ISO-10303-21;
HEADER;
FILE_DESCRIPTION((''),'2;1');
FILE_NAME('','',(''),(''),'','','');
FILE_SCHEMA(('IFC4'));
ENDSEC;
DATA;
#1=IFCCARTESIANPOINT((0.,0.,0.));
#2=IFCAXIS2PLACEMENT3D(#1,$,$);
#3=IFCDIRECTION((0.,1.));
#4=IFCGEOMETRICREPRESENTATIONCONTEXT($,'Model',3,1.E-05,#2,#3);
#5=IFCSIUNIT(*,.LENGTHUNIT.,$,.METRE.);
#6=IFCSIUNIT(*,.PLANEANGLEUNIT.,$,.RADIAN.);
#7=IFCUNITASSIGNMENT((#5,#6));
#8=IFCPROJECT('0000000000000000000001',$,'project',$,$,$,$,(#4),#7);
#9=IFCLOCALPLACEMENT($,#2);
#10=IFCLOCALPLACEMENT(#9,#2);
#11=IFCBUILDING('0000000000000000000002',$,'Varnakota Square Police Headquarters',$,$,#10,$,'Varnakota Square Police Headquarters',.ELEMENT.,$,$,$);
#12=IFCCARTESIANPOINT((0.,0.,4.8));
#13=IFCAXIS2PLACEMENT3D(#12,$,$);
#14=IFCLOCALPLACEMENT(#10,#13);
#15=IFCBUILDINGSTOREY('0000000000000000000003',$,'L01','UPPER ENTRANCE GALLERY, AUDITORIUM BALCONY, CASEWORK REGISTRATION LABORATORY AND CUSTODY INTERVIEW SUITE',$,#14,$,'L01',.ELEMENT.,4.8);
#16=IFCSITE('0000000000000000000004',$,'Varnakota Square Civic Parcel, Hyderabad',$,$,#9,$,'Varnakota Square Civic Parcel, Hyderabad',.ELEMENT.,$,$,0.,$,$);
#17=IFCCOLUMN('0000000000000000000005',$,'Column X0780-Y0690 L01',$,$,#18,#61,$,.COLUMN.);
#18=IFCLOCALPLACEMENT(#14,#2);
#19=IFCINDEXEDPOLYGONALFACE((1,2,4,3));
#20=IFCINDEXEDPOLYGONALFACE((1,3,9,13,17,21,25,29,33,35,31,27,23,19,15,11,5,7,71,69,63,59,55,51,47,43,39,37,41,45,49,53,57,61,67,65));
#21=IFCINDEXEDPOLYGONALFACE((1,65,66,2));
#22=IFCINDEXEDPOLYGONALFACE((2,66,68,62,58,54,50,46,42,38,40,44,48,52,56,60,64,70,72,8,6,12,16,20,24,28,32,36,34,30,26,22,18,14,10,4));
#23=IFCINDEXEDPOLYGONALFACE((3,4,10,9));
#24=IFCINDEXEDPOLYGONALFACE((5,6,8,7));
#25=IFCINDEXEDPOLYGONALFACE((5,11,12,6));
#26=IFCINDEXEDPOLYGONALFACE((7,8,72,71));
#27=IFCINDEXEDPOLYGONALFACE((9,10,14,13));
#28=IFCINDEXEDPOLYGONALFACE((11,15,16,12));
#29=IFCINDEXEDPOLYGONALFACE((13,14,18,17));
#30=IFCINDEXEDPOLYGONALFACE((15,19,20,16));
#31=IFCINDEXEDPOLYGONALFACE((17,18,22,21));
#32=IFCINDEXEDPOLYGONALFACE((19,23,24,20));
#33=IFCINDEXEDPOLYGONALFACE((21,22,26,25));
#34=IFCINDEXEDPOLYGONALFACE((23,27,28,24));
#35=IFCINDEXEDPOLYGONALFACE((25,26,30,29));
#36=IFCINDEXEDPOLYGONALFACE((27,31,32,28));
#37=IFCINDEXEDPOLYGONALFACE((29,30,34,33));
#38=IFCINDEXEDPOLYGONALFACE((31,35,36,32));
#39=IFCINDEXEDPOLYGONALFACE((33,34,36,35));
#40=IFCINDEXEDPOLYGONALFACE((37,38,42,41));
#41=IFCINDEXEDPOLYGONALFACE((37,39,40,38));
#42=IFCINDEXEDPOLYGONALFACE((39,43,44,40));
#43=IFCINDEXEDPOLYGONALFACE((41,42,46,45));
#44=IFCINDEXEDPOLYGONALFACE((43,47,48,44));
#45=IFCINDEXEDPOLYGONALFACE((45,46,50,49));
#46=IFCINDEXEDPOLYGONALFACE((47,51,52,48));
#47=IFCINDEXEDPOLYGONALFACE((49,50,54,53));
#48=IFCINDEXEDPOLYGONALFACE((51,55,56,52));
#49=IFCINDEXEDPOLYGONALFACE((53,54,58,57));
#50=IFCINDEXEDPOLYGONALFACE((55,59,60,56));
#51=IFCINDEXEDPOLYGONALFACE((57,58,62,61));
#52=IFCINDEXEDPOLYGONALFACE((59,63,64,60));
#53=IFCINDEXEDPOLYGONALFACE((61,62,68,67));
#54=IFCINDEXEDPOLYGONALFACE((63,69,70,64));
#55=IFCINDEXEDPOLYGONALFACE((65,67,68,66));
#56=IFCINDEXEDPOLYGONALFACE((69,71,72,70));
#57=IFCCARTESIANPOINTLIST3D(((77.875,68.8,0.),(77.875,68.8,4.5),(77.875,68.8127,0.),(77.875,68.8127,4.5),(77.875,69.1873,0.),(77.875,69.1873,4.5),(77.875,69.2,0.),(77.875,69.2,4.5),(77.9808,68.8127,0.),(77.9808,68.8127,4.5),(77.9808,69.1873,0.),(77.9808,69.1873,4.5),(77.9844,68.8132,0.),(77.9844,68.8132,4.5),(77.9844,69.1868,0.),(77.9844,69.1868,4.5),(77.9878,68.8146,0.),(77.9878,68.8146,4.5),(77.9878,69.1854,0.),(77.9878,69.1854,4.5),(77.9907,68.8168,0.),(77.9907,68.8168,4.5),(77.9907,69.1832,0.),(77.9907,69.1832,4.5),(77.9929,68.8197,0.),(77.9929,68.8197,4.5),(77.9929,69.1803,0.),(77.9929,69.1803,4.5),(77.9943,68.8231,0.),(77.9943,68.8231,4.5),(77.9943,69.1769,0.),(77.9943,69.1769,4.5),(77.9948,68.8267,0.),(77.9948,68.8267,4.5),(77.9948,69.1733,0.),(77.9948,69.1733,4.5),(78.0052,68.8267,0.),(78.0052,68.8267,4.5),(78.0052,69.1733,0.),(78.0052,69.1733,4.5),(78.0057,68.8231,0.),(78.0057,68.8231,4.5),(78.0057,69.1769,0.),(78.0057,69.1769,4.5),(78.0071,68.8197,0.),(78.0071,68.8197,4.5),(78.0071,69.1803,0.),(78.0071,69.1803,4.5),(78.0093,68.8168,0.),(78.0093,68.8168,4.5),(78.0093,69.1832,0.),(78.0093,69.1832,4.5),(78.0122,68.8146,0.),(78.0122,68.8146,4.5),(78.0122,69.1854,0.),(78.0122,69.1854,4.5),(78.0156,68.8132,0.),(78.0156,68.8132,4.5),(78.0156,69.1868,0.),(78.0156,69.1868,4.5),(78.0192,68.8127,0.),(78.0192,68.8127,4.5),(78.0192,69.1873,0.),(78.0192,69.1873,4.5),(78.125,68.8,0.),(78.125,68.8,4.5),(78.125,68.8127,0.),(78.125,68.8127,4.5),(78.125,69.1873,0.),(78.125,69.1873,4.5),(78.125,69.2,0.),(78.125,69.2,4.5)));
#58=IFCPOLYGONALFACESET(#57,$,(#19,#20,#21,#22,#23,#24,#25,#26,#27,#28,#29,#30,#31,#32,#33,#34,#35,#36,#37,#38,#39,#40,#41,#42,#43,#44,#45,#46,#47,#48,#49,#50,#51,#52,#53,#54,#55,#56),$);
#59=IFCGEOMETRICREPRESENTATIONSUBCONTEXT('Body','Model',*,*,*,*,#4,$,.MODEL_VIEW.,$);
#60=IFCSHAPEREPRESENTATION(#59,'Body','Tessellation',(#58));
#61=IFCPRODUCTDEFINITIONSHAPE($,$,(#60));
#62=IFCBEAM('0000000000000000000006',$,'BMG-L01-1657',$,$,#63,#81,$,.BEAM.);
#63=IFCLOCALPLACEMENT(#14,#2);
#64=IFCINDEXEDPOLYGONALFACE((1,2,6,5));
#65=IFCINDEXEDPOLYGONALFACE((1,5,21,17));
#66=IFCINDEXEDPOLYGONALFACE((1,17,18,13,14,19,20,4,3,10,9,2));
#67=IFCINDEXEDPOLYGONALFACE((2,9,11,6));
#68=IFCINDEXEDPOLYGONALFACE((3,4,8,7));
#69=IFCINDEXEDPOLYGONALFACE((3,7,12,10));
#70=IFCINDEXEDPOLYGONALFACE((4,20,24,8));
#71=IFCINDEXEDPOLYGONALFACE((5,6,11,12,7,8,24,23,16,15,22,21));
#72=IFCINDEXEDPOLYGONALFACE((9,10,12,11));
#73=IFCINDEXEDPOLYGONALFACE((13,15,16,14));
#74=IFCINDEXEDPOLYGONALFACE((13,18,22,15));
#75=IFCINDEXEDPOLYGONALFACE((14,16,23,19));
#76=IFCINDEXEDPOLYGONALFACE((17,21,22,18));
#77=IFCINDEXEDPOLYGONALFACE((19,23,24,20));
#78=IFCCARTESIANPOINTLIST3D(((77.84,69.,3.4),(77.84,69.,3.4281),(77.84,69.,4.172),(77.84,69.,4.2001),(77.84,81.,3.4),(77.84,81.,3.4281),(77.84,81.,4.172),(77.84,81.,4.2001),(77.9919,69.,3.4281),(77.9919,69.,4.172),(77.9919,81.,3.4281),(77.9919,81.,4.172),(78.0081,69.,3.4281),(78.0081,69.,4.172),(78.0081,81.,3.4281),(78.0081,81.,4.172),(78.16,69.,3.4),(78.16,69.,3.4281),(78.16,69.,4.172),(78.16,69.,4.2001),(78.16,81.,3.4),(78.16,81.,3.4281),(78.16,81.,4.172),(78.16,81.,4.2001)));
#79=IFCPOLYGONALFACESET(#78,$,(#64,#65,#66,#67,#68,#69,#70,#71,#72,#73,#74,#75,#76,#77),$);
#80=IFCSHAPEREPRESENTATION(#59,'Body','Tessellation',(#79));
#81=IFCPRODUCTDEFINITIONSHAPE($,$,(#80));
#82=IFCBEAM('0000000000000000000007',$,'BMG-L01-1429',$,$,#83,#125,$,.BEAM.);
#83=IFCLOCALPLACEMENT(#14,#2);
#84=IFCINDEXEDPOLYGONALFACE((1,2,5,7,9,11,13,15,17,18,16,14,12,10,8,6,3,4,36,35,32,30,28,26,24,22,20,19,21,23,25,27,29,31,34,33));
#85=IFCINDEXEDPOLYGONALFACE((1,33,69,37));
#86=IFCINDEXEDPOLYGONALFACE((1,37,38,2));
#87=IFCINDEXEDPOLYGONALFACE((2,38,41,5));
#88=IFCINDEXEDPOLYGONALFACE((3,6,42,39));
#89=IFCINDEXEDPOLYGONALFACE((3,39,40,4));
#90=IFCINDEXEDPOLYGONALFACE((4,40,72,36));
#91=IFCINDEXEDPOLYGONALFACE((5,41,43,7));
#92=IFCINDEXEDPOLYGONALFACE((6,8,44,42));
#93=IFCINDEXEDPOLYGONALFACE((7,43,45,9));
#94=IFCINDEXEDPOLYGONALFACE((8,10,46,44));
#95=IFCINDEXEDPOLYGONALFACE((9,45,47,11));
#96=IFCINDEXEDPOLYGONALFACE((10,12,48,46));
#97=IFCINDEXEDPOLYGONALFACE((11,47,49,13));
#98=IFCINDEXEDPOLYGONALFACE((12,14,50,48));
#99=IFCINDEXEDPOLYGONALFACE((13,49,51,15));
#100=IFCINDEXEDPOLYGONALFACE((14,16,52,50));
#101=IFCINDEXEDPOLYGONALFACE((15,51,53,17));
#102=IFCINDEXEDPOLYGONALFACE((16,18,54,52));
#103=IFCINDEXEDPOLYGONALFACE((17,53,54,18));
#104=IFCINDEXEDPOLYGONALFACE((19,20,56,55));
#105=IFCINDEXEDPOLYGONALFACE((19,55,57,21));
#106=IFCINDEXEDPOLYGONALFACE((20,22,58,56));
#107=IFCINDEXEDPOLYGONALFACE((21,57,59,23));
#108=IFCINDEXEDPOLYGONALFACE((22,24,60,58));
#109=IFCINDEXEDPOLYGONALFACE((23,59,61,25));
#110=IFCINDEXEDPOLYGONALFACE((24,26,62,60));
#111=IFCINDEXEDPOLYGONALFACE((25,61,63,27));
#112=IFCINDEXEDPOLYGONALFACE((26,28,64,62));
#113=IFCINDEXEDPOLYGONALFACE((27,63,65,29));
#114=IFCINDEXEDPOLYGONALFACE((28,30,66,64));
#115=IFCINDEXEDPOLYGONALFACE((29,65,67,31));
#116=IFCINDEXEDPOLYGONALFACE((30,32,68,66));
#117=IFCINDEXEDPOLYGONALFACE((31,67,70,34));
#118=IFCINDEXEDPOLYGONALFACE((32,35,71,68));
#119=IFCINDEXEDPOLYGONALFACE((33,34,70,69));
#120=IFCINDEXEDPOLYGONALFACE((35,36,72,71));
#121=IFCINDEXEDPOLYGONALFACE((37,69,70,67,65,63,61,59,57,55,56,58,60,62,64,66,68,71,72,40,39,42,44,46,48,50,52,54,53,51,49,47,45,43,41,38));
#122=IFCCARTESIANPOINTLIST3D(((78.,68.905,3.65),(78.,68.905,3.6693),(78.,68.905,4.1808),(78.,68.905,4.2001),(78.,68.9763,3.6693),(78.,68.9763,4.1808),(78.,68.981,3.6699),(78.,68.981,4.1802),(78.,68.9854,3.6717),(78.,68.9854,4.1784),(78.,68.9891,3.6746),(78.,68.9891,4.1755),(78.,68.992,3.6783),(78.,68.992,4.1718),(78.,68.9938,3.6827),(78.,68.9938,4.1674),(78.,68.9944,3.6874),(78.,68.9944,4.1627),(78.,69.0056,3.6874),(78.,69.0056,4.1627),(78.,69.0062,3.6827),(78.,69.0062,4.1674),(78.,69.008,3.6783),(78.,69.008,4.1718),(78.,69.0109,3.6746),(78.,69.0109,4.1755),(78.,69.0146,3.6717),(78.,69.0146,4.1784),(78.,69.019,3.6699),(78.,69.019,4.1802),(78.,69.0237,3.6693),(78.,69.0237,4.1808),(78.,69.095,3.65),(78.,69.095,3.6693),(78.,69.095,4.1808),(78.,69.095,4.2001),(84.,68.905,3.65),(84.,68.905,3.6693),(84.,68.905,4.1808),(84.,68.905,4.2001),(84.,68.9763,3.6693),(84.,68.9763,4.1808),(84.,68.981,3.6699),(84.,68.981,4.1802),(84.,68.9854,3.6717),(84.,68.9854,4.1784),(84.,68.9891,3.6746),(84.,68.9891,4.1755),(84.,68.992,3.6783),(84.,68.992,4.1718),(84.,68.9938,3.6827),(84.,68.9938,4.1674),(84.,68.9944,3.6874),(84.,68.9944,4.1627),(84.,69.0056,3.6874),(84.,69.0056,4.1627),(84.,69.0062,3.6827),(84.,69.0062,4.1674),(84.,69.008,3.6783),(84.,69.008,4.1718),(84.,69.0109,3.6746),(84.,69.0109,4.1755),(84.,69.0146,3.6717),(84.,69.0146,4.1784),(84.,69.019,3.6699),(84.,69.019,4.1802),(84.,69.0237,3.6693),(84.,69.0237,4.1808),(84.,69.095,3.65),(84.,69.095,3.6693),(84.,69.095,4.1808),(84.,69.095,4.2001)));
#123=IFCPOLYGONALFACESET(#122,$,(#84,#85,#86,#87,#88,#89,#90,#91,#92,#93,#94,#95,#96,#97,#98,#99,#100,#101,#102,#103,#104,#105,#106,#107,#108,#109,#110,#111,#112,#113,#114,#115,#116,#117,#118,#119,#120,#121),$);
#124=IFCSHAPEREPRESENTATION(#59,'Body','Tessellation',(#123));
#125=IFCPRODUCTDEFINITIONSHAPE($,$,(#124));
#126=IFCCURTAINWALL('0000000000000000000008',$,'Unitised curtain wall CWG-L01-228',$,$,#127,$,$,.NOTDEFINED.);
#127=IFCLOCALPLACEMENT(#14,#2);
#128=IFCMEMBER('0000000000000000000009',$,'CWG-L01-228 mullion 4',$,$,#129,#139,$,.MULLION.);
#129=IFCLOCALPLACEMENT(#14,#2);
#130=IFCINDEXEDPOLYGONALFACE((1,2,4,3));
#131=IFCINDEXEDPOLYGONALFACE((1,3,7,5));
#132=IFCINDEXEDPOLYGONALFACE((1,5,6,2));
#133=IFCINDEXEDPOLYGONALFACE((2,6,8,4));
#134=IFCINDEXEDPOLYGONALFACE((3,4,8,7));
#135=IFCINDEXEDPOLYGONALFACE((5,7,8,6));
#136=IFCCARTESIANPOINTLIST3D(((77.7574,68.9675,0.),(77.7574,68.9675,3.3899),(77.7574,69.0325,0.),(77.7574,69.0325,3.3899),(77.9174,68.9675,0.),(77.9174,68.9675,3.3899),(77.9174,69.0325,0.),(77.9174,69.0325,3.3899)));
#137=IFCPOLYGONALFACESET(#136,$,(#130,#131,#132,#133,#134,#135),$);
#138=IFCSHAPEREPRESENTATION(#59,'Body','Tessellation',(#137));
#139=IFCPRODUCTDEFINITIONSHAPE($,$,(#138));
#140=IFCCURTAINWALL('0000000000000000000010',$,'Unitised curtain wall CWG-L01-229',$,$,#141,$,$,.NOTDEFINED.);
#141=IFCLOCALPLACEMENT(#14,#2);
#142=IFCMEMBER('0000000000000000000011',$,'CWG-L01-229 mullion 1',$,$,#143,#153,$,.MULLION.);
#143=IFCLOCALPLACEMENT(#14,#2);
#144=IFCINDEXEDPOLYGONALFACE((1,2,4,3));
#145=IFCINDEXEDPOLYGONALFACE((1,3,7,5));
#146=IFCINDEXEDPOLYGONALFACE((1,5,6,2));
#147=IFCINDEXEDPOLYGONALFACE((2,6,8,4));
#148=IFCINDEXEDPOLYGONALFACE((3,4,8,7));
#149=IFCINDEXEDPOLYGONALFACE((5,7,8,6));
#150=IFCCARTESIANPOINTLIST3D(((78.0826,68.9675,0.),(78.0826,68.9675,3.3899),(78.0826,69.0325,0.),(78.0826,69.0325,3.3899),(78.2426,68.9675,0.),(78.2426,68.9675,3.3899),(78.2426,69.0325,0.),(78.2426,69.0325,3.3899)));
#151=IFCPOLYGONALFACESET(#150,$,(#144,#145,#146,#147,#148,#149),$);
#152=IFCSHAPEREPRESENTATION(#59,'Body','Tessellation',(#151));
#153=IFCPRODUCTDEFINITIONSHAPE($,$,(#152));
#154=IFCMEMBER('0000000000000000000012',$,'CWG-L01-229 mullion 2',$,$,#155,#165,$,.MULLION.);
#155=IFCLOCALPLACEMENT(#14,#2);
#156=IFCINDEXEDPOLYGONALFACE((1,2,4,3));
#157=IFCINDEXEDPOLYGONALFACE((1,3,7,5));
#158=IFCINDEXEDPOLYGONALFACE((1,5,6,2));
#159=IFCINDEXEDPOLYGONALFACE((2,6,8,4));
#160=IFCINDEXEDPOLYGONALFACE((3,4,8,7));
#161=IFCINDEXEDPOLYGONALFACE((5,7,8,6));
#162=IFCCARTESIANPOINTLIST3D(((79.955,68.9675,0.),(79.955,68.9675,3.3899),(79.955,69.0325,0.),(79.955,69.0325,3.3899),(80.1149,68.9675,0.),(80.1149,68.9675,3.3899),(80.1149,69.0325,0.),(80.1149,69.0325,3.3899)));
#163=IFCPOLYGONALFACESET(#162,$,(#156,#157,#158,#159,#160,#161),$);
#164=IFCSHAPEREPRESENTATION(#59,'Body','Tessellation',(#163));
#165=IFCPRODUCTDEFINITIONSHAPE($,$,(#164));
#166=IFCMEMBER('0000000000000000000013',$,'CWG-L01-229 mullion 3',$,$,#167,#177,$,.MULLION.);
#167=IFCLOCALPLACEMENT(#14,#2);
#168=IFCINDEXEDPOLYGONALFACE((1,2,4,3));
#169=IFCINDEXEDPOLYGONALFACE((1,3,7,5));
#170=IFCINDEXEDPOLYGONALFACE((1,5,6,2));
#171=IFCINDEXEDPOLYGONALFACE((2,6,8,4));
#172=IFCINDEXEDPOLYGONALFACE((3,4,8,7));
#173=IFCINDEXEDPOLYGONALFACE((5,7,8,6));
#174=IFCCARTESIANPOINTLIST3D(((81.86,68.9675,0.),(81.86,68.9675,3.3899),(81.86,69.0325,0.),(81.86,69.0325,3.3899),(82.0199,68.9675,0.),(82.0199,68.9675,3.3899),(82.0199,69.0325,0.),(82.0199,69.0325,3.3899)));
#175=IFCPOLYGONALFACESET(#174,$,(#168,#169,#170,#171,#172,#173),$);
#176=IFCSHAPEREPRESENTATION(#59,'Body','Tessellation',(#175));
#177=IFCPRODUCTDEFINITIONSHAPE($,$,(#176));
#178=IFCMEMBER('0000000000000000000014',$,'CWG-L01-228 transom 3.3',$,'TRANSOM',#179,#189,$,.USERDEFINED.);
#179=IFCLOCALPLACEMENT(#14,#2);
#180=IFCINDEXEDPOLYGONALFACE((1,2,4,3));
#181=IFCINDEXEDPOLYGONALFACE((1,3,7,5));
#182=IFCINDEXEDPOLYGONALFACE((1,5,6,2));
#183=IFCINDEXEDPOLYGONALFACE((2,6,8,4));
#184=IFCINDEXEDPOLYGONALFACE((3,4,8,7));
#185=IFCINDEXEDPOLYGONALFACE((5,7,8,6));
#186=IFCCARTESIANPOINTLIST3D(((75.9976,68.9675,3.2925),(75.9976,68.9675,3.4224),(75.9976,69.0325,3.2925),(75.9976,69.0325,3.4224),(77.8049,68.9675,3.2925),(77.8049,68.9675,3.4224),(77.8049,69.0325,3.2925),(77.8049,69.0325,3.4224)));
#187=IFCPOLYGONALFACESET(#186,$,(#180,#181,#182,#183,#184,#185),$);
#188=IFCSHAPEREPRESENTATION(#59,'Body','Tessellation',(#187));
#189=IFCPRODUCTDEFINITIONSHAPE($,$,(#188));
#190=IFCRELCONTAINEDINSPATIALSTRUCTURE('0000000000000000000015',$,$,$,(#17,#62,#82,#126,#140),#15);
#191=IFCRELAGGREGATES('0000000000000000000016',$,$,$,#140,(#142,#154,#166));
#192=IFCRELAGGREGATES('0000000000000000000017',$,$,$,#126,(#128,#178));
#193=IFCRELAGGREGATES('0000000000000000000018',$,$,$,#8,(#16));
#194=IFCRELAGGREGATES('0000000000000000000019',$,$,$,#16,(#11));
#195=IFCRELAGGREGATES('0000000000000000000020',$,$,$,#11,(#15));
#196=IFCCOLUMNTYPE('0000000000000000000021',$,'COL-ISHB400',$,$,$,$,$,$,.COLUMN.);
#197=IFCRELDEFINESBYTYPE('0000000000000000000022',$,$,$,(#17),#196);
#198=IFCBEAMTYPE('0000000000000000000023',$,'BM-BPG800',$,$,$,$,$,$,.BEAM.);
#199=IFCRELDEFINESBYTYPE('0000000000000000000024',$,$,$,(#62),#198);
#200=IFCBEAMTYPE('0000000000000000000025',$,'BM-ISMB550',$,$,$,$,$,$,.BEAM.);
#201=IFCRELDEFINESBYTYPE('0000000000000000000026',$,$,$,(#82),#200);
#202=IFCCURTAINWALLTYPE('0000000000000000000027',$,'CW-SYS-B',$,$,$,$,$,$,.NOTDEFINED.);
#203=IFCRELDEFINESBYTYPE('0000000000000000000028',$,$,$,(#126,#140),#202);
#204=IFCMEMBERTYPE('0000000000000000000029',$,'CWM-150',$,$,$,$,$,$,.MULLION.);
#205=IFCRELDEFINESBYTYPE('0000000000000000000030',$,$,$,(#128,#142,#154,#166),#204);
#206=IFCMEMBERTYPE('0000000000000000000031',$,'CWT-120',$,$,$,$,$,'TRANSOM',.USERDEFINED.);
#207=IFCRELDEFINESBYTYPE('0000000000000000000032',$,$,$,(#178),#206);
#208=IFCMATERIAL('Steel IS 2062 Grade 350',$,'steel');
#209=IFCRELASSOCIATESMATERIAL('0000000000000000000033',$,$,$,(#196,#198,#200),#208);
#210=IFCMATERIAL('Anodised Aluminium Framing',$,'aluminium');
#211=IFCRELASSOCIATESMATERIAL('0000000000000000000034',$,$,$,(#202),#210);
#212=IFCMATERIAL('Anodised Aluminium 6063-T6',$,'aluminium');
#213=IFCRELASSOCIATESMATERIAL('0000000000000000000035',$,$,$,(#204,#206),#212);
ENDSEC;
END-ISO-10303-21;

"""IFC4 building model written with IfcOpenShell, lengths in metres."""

from ifc_helpers import new_model, si_unit, direction, frame, origin, origin_2d, place, context, subcontext, project, spatial, rectangle, i_section, extrude, material, material_profile, profile_set, type_object, element, aggregate, save


model = new_model("IFC4")

# Units and contexts
model_context = context("Model", 3, precision=1e-05, world=origin(), true_north=direction((0.0, 1.0)))
body_context = subcontext(model_context, "Body", "Model", "MODEL_VIEW")
ifc_project = project(units=[si_unit("LENGTHUNIT", "METRE"), si_unit("PLANEANGLEUNIT", "RADIAN")], contexts=[model_context])

# Site, building, storey
site_placement = place(None, origin())
site = spatial("IfcSite", under=ifc_project, at=site_placement, Name="Varnakota Square Civic Parcel, Hyderabad", LongName="Varnakota Square Civic Parcel, Hyderabad", CompositionType="ELEMENT", RefElevation=0.0)
building_placement = place(site_placement, origin())
building = spatial("IfcBuilding", under=site, at=building_placement, Name="Varnakota Square Police Headquarters", LongName="Varnakota Square Police Headquarters", CompositionType="ELEMENT")
storey_placement = place(building_placement, frame((0.0, 0.0, 4.8)))
storey = spatial("IfcBuildingStorey", under=building, at=storey_placement, Name="L01", Description="UPPER ENTRANCE GALLERY, AUDITORIUM BALCONY, CASEWORK REGISTRATION LABORATORY AND CUSTODY INTERVIEW SUITE", LongName="L01", CompositionType="ELEMENT", Elevation=4.8)

# Column
ifc_material_1 = material(Name="Steel IS 2062 Grade 350", Category="steel")
ifc_material_profile_1 = material_profile(ifc_material_1, i_section(OverallWidth=0.25, OverallDepth=0.3999, WebThickness=0.0105, FlangeThickness=0.0127, FilletRadius=0.0139, at=origin_2d()), Name="ISHB 400")
ifc_profile_set_1 = profile_set([ifc_material_profile_1], Name="Steel IS 2062 Grade 350")
column_type = type_object("IfcColumnType", Name="COL-ISHB400", PredefinedType="COLUMN", material=ifc_profile_set_1)
column_placement = place(storey_placement, frame((78.0, 69.0, 0.0), z_axis=(0.0, 0.0, 1.0), x_axis=(1.0, 0.0, 0.0)))
element("IfcColumn", 1, at=column_placement, inside=storey, type_object=column_type, Name="Column X0780-Y0690 L01", PredefinedType="COLUMN", context=body_context, shape_type="SweptSolid", body=[
    extrude(i_section(OverallWidth=0.25, OverallDepth=0.3999, WebThickness=0.0105, FlangeThickness=0.0127, FilletRadius=0.0139, at=origin_2d()), origin(), (0.0, 0.0, 1.0), 4.5),
])

# Beams
ifc_material_profile_2 = material_profile(ifc_material_1, i_section(OverallWidth=0.3201, OverallDepth=0.8, WebThickness=0.0161, FlangeThickness=0.0281, at=origin_2d()), Name="BPG 800x320")
ifc_profile_set_2 = profile_set([ifc_material_profile_2], Name="Steel IS 2062 Grade 350")
beam_type_1 = type_object("IfcBeamType", Name="BM-BPG800", PredefinedType="BEAM", material=ifc_profile_set_2)
beam_1_placement = place(storey_placement, frame((78.0, 69.0, 3.8), z_axis=(0.0, 1.0, 0.0), x_axis=(-1.0, 0.0, 0.0)))
element("IfcBeam", 2, at=beam_1_placement, inside=storey, type_object=beam_type_1, Name="BMG-L01-1657", PredefinedType="BEAM", context=body_context, shape_type="SweptSolid", body=[
    extrude(i_section(OverallWidth=0.3201, OverallDepth=0.8, WebThickness=0.0161, FlangeThickness=0.0281, at=origin_2d()), origin(), (0.0, 0.0, 1.0), 12.0),
])
ifc_material_profile_3 = material_profile(ifc_material_1, i_section(OverallWidth=0.1899, OverallDepth=0.55, WebThickness=0.0112, FlangeThickness=0.0193, FilletRadius=0.0181, at=origin_2d()), Name="ISMB 550")
ifc_profile_set_3 = profile_set([ifc_material_profile_3], Name="Steel IS 2062 Grade 350")
beam_type_2 = type_object("IfcBeamType", Name="BM-ISMB550", PredefinedType="BEAM", material=ifc_profile_set_3)
beam_2_placement = place(storey_placement, frame((78.0, 69.0, 3.925), z_axis=(1.0, 0.0, 0.0), x_axis=(0.0, 1.0, 0.0)))
element("IfcBeam", 3, at=beam_2_placement, inside=storey, type_object=beam_type_2, Name="BMG-L01-1429", PredefinedType="BEAM", context=body_context, shape_type="SweptSolid", body=[
    extrude(i_section(OverallWidth=0.1899, OverallDepth=0.55, WebThickness=0.0112, FlangeThickness=0.0193, FilletRadius=0.0181, at=origin_2d()), origin(), (0.0, 0.0, 1.0), 6.0),
])

# Curtain wall, member
ifc_material_2 = material(Name="Anodised Aluminium Framing", Category="aluminium")
curtain_wall_type = type_object("IfcCurtainWallType", Name="CW-SYS-B", PredefinedType="NOTDEFINED", material=ifc_material_2)
curtain_wall_1_placement = place(storey_placement, origin())
curtain_wall_1 = element("IfcCurtainWall", 4, at=curtain_wall_1_placement, inside=storey, type_object=curtain_wall_type, Name="Unitised curtain wall CWG-L01-228", PredefinedType="NOTDEFINED")
ifc_material_3 = material(Name="Anodised Aluminium 6063-T6", Category="aluminium")
ifc_material_profile_4 = material_profile(ifc_material_3, rectangle(XDim=0.0649, YDim=0.1599, at=origin_2d()), Name="ALU MULLION 65x160")
ifc_profile_set_4 = profile_set([ifc_material_profile_4], Name="Anodised Aluminium 6063-T6")
member_type_1 = type_object("IfcMemberType", Name="CWM-150", PredefinedType="MULLION", material=ifc_profile_set_4)
member_1_placement = place(storey_placement, frame((77.8374, 69.0, 0.0), z_axis=(0.0, 0.0, 1.0), x_axis=(0.0, 1.0, 0.0)))
member_1 = element("IfcMember", 5, at=member_1_placement, type_object=member_type_1, Name="CWG-L01-228 mullion 4", PredefinedType="MULLION", context=body_context, shape_type="SweptSolid", body=[
    extrude(rectangle(XDim=0.0649, YDim=0.1599, at=origin_2d()), origin(), (0.0, 0.0, 1.0), 3.3899),
])

# Curtain wall, members
curtain_wall_2_placement = place(storey_placement, origin())
curtain_wall_2 = element("IfcCurtainWall", 6, at=curtain_wall_2_placement, inside=storey, type_object=curtain_wall_type, Name="Unitised curtain wall CWG-L01-229", PredefinedType="NOTDEFINED")
member_2_placement = place(storey_placement, frame((78.1626, 69.0, 0.0), z_axis=(0.0, 0.0, 1.0), x_axis=(0.0, 1.0, 0.0)))
member_2 = element("IfcMember", 7, at=member_2_placement, type_object=member_type_1, Name="CWG-L01-229 mullion 1", PredefinedType="MULLION", context=body_context, shape_type="SweptSolid", body=[
    extrude(rectangle(XDim=0.0649, YDim=0.1599, at=origin_2d()), origin(), (0.0, 0.0, 1.0), 3.3899),
])
member_3_placement = place(storey_placement, frame((80.0349, 69.0, 0.0), z_axis=(0.0, 0.0, 1.0), x_axis=(0.0, 1.0, 0.0)))
member_3 = element("IfcMember", 8, at=member_3_placement, type_object=member_type_1, Name="CWG-L01-229 mullion 2", PredefinedType="MULLION", context=body_context, shape_type="SweptSolid", body=[
    extrude(rectangle(XDim=0.0649, YDim=0.1599, at=origin_2d()), origin(), (0.0, 0.0, 1.0), 3.3899),
])
member_4_placement = place(storey_placement, frame((81.9399, 69.0, 0.0), z_axis=(0.0, 0.0, 1.0), x_axis=(0.0, 1.0, 0.0)))
member_4 = element("IfcMember", 9, at=member_4_placement, type_object=member_type_1, Name="CWG-L01-229 mullion 3", PredefinedType="MULLION", context=body_context, shape_type="SweptSolid", body=[
    extrude(rectangle(XDim=0.0649, YDim=0.1599, at=origin_2d()), origin(), (0.0, 0.0, 1.0), 3.3899),
])

# Member
ifc_material_profile_5 = material_profile(ifc_material_3, rectangle(XDim=0.0649, YDim=0.1299, at=origin_2d()), Name="ALU TRANSOM 65x130")
ifc_profile_set_5 = profile_set([ifc_material_profile_5], Name="Anodised Aluminium 6063-T6")
member_type_2 = type_object("IfcMemberType", Name="CWT-120", ElementType="TRANSOM", PredefinedType="USERDEFINED", material=ifc_profile_set_5)
member_5_placement = place(storey_placement, frame((75.9976, 69.0, 3.3574), z_axis=(1.0, 0.0, 0.0), x_axis=(0.0, 1.0, 0.0)))
member_5 = element("IfcMember", 10, at=member_5_placement, type_object=member_type_2, Name="CWG-L01-228 transom 3.3", ObjectType="TRANSOM", PredefinedType="USERDEFINED", context=body_context, shape_type="SweptSolid", body=[
    extrude(rectangle(XDim=0.0649, YDim=0.1299, at=origin_2d()), origin(), (0.0, 0.0, 1.0), 1.8074),
])

aggregate(curtain_wall_2, [member_2, member_3, member_4])
aggregate(curtain_wall_1, [member_1, member_5])

save(model, "model.ifc")
